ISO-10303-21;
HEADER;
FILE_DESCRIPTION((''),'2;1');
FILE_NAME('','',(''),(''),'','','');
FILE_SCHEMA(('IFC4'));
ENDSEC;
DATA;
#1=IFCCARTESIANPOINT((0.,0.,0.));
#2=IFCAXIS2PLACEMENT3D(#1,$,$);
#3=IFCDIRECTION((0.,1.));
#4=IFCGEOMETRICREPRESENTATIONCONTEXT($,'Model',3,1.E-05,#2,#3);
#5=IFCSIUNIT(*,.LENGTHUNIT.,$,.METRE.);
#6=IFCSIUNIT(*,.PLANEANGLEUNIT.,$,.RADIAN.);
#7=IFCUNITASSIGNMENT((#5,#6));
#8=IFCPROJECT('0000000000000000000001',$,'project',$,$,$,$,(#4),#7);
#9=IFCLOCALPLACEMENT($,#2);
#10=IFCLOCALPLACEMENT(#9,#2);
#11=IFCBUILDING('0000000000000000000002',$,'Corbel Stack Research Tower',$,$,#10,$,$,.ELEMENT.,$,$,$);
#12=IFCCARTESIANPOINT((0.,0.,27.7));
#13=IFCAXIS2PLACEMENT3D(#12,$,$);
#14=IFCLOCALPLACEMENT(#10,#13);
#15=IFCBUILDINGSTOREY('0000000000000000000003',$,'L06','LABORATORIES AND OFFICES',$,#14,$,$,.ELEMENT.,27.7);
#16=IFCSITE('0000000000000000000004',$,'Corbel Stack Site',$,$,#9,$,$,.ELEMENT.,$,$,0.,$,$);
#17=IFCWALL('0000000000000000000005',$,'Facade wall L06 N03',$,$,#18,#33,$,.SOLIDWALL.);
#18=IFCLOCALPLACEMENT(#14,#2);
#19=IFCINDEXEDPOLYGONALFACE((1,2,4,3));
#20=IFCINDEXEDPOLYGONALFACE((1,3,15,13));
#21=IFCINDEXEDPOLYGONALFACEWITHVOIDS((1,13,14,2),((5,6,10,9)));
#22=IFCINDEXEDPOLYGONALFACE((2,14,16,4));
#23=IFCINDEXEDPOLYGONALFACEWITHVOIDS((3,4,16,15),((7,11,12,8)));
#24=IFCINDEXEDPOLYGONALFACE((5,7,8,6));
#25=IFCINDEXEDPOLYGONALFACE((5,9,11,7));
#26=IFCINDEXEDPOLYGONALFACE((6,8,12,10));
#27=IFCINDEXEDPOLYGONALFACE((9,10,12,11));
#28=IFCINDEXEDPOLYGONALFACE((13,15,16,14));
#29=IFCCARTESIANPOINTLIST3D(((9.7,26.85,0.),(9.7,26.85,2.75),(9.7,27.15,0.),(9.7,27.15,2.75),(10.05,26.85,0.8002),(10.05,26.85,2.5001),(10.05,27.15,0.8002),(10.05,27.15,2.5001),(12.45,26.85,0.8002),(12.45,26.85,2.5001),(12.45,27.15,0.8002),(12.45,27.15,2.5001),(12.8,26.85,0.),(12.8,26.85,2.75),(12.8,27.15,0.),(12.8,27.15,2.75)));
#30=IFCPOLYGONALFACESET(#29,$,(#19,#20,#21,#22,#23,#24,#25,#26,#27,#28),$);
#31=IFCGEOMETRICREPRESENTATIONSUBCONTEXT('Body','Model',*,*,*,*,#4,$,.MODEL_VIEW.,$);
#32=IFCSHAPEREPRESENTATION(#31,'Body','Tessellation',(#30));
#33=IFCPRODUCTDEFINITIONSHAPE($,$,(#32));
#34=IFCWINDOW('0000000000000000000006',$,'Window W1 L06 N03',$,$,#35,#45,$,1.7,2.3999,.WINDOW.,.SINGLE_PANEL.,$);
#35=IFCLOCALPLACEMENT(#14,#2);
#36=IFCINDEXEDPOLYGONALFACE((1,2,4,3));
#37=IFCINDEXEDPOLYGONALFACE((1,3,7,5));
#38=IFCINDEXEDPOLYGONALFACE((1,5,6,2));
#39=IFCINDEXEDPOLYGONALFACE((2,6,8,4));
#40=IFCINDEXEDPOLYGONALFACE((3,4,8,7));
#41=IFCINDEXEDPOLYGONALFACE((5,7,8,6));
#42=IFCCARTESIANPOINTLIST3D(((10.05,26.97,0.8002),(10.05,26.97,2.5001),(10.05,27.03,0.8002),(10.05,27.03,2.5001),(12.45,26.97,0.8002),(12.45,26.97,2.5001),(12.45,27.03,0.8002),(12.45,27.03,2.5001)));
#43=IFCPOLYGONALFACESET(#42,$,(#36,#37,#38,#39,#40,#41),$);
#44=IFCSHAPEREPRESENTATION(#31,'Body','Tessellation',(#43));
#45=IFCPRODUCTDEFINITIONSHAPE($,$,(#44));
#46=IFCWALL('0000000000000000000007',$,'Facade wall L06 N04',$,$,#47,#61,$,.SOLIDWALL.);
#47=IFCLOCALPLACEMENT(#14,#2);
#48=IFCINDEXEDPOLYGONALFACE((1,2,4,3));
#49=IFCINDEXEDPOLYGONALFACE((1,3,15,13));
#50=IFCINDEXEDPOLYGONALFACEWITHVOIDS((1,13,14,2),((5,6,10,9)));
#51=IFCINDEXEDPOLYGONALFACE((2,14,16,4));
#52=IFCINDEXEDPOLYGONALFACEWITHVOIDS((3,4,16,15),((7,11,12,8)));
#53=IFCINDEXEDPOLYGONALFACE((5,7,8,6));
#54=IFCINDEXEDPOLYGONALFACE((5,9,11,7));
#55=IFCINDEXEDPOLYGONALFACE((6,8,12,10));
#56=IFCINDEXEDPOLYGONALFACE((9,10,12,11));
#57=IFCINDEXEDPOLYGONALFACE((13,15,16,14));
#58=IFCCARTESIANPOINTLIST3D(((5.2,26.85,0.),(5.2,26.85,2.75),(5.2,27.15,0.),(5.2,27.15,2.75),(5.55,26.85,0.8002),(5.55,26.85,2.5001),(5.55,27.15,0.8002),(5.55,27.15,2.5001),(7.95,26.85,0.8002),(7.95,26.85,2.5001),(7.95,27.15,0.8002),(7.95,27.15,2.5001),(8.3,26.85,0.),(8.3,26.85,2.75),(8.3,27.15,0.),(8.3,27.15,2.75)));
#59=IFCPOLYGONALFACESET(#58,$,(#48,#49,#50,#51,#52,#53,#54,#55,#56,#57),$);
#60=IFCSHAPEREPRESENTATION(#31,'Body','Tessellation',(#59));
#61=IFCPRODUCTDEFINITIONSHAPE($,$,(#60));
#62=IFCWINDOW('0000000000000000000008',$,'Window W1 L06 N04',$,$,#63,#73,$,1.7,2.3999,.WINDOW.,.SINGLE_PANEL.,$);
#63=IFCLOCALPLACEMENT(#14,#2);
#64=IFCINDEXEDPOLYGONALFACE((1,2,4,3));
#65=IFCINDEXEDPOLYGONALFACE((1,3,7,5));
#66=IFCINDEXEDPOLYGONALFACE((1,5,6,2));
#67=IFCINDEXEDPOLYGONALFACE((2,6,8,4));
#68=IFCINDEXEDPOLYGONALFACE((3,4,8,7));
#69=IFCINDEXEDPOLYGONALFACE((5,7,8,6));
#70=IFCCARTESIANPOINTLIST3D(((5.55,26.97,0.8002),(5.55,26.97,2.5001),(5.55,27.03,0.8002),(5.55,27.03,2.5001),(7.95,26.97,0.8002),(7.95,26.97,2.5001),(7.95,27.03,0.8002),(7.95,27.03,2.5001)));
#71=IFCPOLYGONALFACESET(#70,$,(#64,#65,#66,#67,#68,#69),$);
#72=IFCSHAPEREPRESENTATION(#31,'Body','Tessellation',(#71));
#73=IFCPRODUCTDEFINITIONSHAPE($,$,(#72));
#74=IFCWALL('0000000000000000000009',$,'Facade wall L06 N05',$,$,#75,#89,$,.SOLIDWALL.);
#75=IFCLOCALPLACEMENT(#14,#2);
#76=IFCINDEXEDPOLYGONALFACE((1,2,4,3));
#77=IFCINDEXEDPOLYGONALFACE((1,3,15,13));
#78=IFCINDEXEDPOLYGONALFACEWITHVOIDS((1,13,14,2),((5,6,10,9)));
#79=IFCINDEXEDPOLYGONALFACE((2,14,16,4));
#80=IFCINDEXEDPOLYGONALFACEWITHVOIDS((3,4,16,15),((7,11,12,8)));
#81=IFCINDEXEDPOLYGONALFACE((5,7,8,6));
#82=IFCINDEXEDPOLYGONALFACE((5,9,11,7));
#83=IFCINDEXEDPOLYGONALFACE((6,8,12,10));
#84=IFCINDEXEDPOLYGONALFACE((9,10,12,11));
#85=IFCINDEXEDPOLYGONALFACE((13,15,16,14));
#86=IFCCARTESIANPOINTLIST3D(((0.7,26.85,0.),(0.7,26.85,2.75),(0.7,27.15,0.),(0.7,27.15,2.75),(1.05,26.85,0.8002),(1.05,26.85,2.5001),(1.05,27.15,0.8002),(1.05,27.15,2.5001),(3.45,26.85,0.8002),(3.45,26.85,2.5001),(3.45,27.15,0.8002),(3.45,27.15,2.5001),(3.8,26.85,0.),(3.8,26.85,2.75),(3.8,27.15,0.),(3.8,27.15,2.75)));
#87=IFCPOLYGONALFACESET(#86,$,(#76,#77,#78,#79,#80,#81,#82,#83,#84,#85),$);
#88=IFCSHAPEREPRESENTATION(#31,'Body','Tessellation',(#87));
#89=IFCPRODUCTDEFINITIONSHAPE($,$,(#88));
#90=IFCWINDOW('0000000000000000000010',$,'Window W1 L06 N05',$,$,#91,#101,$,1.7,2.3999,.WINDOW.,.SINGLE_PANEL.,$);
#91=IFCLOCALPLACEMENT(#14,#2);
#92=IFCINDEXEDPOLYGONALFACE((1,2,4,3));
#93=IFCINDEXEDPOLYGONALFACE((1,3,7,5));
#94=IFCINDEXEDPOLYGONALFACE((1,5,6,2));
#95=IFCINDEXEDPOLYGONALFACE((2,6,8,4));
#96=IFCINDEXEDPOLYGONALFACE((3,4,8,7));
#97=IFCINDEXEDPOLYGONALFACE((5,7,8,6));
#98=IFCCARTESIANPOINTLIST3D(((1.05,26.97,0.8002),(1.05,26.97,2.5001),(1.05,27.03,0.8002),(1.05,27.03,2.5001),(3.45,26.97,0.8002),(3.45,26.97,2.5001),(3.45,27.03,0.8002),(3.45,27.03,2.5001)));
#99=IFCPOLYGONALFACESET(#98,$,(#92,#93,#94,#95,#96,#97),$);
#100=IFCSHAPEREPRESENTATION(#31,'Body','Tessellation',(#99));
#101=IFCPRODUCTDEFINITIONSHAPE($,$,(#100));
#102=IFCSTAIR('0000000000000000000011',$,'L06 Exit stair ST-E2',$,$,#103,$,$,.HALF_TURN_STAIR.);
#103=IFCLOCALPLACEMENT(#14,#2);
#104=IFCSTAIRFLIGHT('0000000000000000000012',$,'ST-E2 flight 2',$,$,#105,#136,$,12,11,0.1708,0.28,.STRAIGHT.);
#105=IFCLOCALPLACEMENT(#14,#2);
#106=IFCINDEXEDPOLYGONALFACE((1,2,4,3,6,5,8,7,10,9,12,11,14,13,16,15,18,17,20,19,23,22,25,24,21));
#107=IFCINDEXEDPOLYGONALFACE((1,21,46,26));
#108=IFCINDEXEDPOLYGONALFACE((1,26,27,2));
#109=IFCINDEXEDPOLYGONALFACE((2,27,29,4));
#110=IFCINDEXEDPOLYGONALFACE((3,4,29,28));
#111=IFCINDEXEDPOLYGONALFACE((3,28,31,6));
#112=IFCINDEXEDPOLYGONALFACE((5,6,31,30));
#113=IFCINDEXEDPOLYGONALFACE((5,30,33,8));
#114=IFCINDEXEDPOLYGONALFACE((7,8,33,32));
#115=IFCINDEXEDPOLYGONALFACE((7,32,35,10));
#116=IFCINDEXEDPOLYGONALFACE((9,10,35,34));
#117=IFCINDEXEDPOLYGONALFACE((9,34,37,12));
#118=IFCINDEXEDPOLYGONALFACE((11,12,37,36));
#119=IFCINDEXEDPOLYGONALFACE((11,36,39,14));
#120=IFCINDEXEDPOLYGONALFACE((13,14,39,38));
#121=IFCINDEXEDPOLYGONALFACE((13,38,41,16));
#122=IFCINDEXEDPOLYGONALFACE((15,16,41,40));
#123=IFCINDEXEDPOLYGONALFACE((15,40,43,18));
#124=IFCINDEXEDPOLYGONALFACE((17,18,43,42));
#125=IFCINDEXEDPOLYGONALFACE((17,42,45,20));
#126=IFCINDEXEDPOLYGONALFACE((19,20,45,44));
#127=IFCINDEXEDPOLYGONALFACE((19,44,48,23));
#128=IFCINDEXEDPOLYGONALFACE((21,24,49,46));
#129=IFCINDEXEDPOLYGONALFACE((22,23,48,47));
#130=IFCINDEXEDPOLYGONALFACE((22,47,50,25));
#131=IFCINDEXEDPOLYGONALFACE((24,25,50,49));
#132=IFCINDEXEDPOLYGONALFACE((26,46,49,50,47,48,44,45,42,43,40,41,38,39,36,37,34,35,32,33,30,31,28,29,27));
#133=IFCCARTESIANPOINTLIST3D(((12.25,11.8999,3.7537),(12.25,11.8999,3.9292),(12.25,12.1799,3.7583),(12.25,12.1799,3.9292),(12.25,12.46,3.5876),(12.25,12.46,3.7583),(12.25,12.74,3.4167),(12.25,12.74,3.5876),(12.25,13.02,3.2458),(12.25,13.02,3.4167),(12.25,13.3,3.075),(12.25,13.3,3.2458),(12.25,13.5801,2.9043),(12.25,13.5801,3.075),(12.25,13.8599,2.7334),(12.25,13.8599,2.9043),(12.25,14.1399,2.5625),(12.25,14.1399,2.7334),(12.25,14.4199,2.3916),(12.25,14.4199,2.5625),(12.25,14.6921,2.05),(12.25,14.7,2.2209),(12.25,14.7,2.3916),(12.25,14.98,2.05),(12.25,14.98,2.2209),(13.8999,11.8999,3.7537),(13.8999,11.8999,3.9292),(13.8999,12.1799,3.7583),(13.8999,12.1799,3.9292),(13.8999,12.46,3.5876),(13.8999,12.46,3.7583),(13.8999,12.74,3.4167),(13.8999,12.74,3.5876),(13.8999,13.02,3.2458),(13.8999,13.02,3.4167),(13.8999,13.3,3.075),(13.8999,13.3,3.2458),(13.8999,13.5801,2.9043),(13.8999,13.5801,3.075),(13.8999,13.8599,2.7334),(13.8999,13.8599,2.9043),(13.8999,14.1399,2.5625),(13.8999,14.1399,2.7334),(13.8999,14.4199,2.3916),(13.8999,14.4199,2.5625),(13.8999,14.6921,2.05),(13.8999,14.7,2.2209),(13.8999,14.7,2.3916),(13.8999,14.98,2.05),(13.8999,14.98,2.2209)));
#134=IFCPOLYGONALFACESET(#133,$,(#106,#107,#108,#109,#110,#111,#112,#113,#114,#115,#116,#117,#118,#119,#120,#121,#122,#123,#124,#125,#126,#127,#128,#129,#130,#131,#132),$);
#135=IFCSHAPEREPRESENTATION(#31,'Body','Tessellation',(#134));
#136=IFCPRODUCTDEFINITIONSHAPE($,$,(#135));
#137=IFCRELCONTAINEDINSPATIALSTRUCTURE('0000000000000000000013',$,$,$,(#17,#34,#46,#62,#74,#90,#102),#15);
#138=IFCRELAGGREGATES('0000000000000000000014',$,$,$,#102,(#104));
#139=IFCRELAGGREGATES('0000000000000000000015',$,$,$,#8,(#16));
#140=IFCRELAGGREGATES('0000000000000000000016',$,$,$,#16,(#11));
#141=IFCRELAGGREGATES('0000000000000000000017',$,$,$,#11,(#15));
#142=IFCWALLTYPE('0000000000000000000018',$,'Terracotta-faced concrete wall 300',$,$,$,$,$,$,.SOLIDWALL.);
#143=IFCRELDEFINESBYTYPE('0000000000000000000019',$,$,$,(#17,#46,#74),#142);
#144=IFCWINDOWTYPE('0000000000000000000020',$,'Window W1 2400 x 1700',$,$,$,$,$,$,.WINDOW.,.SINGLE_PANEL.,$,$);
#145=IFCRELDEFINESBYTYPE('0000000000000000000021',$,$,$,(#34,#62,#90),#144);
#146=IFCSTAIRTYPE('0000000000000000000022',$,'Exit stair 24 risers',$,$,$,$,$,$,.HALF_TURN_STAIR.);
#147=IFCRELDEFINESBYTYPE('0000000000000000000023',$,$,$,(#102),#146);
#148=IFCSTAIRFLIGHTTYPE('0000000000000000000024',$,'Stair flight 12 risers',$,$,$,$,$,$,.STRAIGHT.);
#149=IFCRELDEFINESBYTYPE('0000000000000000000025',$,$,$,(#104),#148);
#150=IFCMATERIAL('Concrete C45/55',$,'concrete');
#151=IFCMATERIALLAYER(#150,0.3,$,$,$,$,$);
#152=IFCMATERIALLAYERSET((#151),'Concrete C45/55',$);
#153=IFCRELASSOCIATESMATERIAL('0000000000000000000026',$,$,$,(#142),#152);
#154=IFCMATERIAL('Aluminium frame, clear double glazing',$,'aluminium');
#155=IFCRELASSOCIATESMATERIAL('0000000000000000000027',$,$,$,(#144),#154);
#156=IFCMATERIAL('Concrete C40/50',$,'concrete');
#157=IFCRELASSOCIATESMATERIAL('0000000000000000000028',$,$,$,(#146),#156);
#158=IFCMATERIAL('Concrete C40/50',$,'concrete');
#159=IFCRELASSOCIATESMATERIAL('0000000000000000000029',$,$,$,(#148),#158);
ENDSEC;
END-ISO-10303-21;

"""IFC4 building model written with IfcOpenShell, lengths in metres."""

from ifc_helpers import new_model, si_unit, direction, frame, frame_2d, origin, place, context, subcontext, project, spatial, polyline, rectangle, outline, extrude, material, layer, layer_set, type_object, element, fill, aggregate, save


model = new_model("IFC4")

# Units and contexts
model_context = context("Model", 3, precision=1e-05, world=origin(), true_north=direction((0.0, 1.0)))
body_context = subcontext(model_context, "Body", "Model", "MODEL_VIEW")
ifc_project = project(units=[si_unit("LENGTHUNIT", "METRE"), si_unit("PLANEANGLEUNIT", "RADIAN")], contexts=[model_context])

# Site, building, storey
site_placement = place(None, origin())
site = spatial("IfcSite", under=ifc_project, at=site_placement, Name="Corbel Stack Site", CompositionType="ELEMENT", RefElevation=0.0)
building_placement = place(site_placement, origin())
building = spatial("IfcBuilding", under=site, at=building_placement, Name="Corbel Stack Research Tower", CompositionType="ELEMENT")
storey_placement = place(building_placement, frame((0.0, 0.0, 27.7)))
storey = spatial("IfcBuildingStorey", under=building, at=storey_placement, Name="L06", Description="LABORATORIES AND OFFICES", CompositionType="ELEMENT", Elevation=27.7)

# Shared definitions
ifc_material_1 = material(Name="Concrete C45/55", Category="concrete")
ifc_layer_1 = layer(ifc_material_1, 0.3)
ifc_layer_set_1 = layer_set([ifc_layer_1], Name="Concrete C45/55")
wall_type_1 = type_object("IfcWallType", Name="Terracotta-faced concrete wall 300", PredefinedType="SOLIDWALL", material=ifc_layer_set_1)

# Walls, openings, windows
wall_1_placement = place(storey_placement, frame((9.7, 27.0, 0.0), z_axis=(0.0, 0.0, 1.0), x_axis=(1.0, 0.0, 0.0)))
wall_1 = element("IfcWall", 1, at=wall_1_placement, inside=storey, type_object=wall_type_1, Name="Facade wall L06 N03", PredefinedType="SOLIDWALL", context=body_context, shape_type="SweptSolid", body=[
    extrude(rectangle(XDim=3.1001, YDim=0.3, at=frame_2d((1.55, 0.0))), origin(), (0.0, 0.0, 1.0), 2.75),
])
opening_1_placement = place(wall_1_placement, frame((0.3501, 0.0, 0.8)))
opening_1 = element("IfcOpeningElement", 2, at=opening_1_placement, cuts=wall_1, PredefinedType="OPENING", context=body_context, shape_type="SweptSolid", body=[
    extrude(rectangle(XDim=2.3999, YDim=1.7, at=frame_2d((1.2, 0.8501))), frame((0.0, 0.1599, 0.0), z_axis=(0.0, -1.0, 0.0), x_axis=(1.0, 0.0, 0.0)), (0.0, 0.0, 1.0), 0.3201),
])
ifc_material_2 = material(Name="Aluminium frame, clear double glazing", Category="aluminium")
window_type = type_object("IfcWindowType", Name="Window W1 2400 x 1700", PartitioningType="SINGLE_PANEL", PredefinedType="WINDOW", material=ifc_material_2)
window_1_placement = place(opening_1_placement, origin())
window_1 = element("IfcWindow", 3, at=window_1_placement, inside=storey, type_object=window_type, Name="Window W1 L06 N03", OverallHeight=1.7, OverallWidth=2.3999, PartitioningType="SINGLE_PANEL", PredefinedType="WINDOW", context=body_context, shape_type="SweptSolid", body=[
    extrude(rectangle(XDim=2.3999, YDim=1.7, at=frame_2d((1.2, 0.8501))), frame((0.0, 0.03, 0.0), z_axis=(0.0, -1.0, 0.0), x_axis=(1.0, 0.0, 0.0)), (0.0, 0.0, 1.0), 0.0601),
])
fill(opening_1, window_1)
wall_2_placement = place(storey_placement, frame((5.2, 27.0, 0.0), z_axis=(0.0, 0.0, 1.0), x_axis=(1.0, 0.0, 0.0)))
wall_2 = element("IfcWall", 4, at=wall_2_placement, inside=storey, type_object=wall_type_1, Name="Facade wall L06 N04", PredefinedType="SOLIDWALL", context=body_context, shape_type="SweptSolid", body=[
    extrude(rectangle(XDim=3.1001, YDim=0.3, at=frame_2d((1.55, 0.0))), origin(), (0.0, 0.0, 1.0), 2.75),
])
opening_2_placement = place(wall_2_placement, frame((0.3501, 0.0, 0.8)))
opening_2 = element("IfcOpeningElement", 5, at=opening_2_placement, cuts=wall_2, PredefinedType="OPENING", context=body_context, shape_type="SweptSolid", body=[
    extrude(rectangle(XDim=2.3999, YDim=1.7, at=frame_2d((1.2, 0.8501))), frame((0.0, 0.1599, 0.0), z_axis=(0.0, -1.0, 0.0), x_axis=(1.0, 0.0, 0.0)), (0.0, 0.0, 1.0), 0.3201),
])
window_2_placement = place(opening_2_placement, origin())
window_2 = element("IfcWindow", 6, at=window_2_placement, inside=storey, type_object=window_type, Name="Window W1 L06 N04", OverallHeight=1.7, OverallWidth=2.3999, PartitioningType="SINGLE_PANEL", PredefinedType="WINDOW", context=body_context, shape_type="SweptSolid", body=[
    extrude(rectangle(XDim=2.3999, YDim=1.7, at=frame_2d((1.2, 0.8501))), frame((0.0, 0.03, 0.0), z_axis=(0.0, -1.0, 0.0), x_axis=(1.0, 0.0, 0.0)), (0.0, 0.0, 1.0), 0.0601),
])
fill(opening_2, window_2)
wall_3_placement = place(storey_placement, frame((0.7, 27.0, 0.0), z_axis=(0.0, 0.0, 1.0), x_axis=(1.0, 0.0, 0.0)))
wall_3 = element("IfcWall", 7, at=wall_3_placement, inside=storey, type_object=wall_type_1, Name="Facade wall L06 N05", PredefinedType="SOLIDWALL", context=body_context, shape_type="SweptSolid", body=[
    extrude(rectangle(XDim=3.1001, YDim=0.3, at=frame_2d((1.55, 0.0))), origin(), (0.0, 0.0, 1.0), 2.75),
])
opening_3_placement = place(wall_3_placement, frame((0.3501, 0.0, 0.8)))
opening_3 = element("IfcOpeningElement", 8, at=opening_3_placement, cuts=wall_3, PredefinedType="OPENING", context=body_context, shape_type="SweptSolid", body=[
    extrude(rectangle(XDim=2.3999, YDim=1.7, at=frame_2d((1.2, 0.8501))), frame((0.0, 0.1599, 0.0), z_axis=(0.0, -1.0, 0.0), x_axis=(1.0, 0.0, 0.0)), (0.0, 0.0, 1.0), 0.3201),
])
window_3_placement = place(opening_3_placement, origin())
window_3 = element("IfcWindow", 9, at=window_3_placement, inside=storey, type_object=window_type, Name="Window W1 L06 N05", OverallHeight=1.7, OverallWidth=2.3999, PartitioningType="SINGLE_PANEL", PredefinedType="WINDOW", context=body_context, shape_type="SweptSolid", body=[
    extrude(rectangle(XDim=2.3999, YDim=1.7, at=frame_2d((1.2, 0.8501))), frame((0.0, 0.03, 0.0), z_axis=(0.0, -1.0, 0.0), x_axis=(1.0, 0.0, 0.0)), (0.0, 0.0, 1.0), 0.0601),
])
fill(opening_3, window_3)

# Stair, stair flight
ifc_material_3 = material(Name="Concrete C40/50", Category="concrete")
stair_type = type_object("IfcStairType", Name="Exit stair 24 risers", PredefinedType="HALF_TURN_STAIR", material=ifc_material_3)
stair_placement = place(storey_placement, origin())
stair = element("IfcStair", 10, at=stair_placement, inside=storey, type_object=stair_type, Name="L06 Exit stair ST-E2", PredefinedType="HALF_TURN_STAIR")
ifc_material_4 = material(Name="Concrete C40/50", Category="concrete")
stair_flight_type = type_object("IfcStairFlightType", Name="Stair flight 12 risers", PredefinedType="STRAIGHT", material=ifc_material_4)
stair_flight_placement = place(storey_placement, frame((13.075, 14.98, 2.05), z_axis=(0.0, 0.0, 1.0), x_axis=(0.0, -1.0, 0.0)))
stair_flight = element("IfcStairFlight", 11, at=stair_flight_placement, type_object=stair_flight_type, Name="ST-E2 flight 2", NumberOfRisers=12, NumberOfTreads=11, PredefinedType="STRAIGHT", RiserHeight=0.1708, TreadLength=0.28, context=body_context, shape_type="SweptSolid", body=[
    extrude(outline(polyline([(0.0, 0.0), (0.0, 0.1709), (0.28, 0.1709), (0.28, 0.3416), (0.5601, 0.3416), (0.5601, 0.5125), (0.8401, 0.5125), (0.8401, 0.6833), (1.1201, 0.6833), (1.1201, 0.8542), (1.3999, 0.8542), (1.3999, 1.0249), (1.6799, 1.0249), (1.6799, 1.1958), (1.96, 1.1958), (1.96, 1.3667), (2.24, 1.3667), (2.24, 1.5376), (2.52, 1.5376), (2.52, 1.7083), (2.8, 1.7083), (2.8, 1.8792), (3.0801, 1.8792), (3.0801, 2.05), (3.0801, 1.7036), (0.2878, 0.0), (0.0, 0.0)])), frame((0.0, 0.825, 0.0), z_axis=(0.0, -1.0, 0.0), x_axis=(1.0, 0.0, 0.0)), (0.0, 0.0, 1.0), 1.6499),
])
aggregate(stair, [stair_flight])

save(model, "model.ifc")
